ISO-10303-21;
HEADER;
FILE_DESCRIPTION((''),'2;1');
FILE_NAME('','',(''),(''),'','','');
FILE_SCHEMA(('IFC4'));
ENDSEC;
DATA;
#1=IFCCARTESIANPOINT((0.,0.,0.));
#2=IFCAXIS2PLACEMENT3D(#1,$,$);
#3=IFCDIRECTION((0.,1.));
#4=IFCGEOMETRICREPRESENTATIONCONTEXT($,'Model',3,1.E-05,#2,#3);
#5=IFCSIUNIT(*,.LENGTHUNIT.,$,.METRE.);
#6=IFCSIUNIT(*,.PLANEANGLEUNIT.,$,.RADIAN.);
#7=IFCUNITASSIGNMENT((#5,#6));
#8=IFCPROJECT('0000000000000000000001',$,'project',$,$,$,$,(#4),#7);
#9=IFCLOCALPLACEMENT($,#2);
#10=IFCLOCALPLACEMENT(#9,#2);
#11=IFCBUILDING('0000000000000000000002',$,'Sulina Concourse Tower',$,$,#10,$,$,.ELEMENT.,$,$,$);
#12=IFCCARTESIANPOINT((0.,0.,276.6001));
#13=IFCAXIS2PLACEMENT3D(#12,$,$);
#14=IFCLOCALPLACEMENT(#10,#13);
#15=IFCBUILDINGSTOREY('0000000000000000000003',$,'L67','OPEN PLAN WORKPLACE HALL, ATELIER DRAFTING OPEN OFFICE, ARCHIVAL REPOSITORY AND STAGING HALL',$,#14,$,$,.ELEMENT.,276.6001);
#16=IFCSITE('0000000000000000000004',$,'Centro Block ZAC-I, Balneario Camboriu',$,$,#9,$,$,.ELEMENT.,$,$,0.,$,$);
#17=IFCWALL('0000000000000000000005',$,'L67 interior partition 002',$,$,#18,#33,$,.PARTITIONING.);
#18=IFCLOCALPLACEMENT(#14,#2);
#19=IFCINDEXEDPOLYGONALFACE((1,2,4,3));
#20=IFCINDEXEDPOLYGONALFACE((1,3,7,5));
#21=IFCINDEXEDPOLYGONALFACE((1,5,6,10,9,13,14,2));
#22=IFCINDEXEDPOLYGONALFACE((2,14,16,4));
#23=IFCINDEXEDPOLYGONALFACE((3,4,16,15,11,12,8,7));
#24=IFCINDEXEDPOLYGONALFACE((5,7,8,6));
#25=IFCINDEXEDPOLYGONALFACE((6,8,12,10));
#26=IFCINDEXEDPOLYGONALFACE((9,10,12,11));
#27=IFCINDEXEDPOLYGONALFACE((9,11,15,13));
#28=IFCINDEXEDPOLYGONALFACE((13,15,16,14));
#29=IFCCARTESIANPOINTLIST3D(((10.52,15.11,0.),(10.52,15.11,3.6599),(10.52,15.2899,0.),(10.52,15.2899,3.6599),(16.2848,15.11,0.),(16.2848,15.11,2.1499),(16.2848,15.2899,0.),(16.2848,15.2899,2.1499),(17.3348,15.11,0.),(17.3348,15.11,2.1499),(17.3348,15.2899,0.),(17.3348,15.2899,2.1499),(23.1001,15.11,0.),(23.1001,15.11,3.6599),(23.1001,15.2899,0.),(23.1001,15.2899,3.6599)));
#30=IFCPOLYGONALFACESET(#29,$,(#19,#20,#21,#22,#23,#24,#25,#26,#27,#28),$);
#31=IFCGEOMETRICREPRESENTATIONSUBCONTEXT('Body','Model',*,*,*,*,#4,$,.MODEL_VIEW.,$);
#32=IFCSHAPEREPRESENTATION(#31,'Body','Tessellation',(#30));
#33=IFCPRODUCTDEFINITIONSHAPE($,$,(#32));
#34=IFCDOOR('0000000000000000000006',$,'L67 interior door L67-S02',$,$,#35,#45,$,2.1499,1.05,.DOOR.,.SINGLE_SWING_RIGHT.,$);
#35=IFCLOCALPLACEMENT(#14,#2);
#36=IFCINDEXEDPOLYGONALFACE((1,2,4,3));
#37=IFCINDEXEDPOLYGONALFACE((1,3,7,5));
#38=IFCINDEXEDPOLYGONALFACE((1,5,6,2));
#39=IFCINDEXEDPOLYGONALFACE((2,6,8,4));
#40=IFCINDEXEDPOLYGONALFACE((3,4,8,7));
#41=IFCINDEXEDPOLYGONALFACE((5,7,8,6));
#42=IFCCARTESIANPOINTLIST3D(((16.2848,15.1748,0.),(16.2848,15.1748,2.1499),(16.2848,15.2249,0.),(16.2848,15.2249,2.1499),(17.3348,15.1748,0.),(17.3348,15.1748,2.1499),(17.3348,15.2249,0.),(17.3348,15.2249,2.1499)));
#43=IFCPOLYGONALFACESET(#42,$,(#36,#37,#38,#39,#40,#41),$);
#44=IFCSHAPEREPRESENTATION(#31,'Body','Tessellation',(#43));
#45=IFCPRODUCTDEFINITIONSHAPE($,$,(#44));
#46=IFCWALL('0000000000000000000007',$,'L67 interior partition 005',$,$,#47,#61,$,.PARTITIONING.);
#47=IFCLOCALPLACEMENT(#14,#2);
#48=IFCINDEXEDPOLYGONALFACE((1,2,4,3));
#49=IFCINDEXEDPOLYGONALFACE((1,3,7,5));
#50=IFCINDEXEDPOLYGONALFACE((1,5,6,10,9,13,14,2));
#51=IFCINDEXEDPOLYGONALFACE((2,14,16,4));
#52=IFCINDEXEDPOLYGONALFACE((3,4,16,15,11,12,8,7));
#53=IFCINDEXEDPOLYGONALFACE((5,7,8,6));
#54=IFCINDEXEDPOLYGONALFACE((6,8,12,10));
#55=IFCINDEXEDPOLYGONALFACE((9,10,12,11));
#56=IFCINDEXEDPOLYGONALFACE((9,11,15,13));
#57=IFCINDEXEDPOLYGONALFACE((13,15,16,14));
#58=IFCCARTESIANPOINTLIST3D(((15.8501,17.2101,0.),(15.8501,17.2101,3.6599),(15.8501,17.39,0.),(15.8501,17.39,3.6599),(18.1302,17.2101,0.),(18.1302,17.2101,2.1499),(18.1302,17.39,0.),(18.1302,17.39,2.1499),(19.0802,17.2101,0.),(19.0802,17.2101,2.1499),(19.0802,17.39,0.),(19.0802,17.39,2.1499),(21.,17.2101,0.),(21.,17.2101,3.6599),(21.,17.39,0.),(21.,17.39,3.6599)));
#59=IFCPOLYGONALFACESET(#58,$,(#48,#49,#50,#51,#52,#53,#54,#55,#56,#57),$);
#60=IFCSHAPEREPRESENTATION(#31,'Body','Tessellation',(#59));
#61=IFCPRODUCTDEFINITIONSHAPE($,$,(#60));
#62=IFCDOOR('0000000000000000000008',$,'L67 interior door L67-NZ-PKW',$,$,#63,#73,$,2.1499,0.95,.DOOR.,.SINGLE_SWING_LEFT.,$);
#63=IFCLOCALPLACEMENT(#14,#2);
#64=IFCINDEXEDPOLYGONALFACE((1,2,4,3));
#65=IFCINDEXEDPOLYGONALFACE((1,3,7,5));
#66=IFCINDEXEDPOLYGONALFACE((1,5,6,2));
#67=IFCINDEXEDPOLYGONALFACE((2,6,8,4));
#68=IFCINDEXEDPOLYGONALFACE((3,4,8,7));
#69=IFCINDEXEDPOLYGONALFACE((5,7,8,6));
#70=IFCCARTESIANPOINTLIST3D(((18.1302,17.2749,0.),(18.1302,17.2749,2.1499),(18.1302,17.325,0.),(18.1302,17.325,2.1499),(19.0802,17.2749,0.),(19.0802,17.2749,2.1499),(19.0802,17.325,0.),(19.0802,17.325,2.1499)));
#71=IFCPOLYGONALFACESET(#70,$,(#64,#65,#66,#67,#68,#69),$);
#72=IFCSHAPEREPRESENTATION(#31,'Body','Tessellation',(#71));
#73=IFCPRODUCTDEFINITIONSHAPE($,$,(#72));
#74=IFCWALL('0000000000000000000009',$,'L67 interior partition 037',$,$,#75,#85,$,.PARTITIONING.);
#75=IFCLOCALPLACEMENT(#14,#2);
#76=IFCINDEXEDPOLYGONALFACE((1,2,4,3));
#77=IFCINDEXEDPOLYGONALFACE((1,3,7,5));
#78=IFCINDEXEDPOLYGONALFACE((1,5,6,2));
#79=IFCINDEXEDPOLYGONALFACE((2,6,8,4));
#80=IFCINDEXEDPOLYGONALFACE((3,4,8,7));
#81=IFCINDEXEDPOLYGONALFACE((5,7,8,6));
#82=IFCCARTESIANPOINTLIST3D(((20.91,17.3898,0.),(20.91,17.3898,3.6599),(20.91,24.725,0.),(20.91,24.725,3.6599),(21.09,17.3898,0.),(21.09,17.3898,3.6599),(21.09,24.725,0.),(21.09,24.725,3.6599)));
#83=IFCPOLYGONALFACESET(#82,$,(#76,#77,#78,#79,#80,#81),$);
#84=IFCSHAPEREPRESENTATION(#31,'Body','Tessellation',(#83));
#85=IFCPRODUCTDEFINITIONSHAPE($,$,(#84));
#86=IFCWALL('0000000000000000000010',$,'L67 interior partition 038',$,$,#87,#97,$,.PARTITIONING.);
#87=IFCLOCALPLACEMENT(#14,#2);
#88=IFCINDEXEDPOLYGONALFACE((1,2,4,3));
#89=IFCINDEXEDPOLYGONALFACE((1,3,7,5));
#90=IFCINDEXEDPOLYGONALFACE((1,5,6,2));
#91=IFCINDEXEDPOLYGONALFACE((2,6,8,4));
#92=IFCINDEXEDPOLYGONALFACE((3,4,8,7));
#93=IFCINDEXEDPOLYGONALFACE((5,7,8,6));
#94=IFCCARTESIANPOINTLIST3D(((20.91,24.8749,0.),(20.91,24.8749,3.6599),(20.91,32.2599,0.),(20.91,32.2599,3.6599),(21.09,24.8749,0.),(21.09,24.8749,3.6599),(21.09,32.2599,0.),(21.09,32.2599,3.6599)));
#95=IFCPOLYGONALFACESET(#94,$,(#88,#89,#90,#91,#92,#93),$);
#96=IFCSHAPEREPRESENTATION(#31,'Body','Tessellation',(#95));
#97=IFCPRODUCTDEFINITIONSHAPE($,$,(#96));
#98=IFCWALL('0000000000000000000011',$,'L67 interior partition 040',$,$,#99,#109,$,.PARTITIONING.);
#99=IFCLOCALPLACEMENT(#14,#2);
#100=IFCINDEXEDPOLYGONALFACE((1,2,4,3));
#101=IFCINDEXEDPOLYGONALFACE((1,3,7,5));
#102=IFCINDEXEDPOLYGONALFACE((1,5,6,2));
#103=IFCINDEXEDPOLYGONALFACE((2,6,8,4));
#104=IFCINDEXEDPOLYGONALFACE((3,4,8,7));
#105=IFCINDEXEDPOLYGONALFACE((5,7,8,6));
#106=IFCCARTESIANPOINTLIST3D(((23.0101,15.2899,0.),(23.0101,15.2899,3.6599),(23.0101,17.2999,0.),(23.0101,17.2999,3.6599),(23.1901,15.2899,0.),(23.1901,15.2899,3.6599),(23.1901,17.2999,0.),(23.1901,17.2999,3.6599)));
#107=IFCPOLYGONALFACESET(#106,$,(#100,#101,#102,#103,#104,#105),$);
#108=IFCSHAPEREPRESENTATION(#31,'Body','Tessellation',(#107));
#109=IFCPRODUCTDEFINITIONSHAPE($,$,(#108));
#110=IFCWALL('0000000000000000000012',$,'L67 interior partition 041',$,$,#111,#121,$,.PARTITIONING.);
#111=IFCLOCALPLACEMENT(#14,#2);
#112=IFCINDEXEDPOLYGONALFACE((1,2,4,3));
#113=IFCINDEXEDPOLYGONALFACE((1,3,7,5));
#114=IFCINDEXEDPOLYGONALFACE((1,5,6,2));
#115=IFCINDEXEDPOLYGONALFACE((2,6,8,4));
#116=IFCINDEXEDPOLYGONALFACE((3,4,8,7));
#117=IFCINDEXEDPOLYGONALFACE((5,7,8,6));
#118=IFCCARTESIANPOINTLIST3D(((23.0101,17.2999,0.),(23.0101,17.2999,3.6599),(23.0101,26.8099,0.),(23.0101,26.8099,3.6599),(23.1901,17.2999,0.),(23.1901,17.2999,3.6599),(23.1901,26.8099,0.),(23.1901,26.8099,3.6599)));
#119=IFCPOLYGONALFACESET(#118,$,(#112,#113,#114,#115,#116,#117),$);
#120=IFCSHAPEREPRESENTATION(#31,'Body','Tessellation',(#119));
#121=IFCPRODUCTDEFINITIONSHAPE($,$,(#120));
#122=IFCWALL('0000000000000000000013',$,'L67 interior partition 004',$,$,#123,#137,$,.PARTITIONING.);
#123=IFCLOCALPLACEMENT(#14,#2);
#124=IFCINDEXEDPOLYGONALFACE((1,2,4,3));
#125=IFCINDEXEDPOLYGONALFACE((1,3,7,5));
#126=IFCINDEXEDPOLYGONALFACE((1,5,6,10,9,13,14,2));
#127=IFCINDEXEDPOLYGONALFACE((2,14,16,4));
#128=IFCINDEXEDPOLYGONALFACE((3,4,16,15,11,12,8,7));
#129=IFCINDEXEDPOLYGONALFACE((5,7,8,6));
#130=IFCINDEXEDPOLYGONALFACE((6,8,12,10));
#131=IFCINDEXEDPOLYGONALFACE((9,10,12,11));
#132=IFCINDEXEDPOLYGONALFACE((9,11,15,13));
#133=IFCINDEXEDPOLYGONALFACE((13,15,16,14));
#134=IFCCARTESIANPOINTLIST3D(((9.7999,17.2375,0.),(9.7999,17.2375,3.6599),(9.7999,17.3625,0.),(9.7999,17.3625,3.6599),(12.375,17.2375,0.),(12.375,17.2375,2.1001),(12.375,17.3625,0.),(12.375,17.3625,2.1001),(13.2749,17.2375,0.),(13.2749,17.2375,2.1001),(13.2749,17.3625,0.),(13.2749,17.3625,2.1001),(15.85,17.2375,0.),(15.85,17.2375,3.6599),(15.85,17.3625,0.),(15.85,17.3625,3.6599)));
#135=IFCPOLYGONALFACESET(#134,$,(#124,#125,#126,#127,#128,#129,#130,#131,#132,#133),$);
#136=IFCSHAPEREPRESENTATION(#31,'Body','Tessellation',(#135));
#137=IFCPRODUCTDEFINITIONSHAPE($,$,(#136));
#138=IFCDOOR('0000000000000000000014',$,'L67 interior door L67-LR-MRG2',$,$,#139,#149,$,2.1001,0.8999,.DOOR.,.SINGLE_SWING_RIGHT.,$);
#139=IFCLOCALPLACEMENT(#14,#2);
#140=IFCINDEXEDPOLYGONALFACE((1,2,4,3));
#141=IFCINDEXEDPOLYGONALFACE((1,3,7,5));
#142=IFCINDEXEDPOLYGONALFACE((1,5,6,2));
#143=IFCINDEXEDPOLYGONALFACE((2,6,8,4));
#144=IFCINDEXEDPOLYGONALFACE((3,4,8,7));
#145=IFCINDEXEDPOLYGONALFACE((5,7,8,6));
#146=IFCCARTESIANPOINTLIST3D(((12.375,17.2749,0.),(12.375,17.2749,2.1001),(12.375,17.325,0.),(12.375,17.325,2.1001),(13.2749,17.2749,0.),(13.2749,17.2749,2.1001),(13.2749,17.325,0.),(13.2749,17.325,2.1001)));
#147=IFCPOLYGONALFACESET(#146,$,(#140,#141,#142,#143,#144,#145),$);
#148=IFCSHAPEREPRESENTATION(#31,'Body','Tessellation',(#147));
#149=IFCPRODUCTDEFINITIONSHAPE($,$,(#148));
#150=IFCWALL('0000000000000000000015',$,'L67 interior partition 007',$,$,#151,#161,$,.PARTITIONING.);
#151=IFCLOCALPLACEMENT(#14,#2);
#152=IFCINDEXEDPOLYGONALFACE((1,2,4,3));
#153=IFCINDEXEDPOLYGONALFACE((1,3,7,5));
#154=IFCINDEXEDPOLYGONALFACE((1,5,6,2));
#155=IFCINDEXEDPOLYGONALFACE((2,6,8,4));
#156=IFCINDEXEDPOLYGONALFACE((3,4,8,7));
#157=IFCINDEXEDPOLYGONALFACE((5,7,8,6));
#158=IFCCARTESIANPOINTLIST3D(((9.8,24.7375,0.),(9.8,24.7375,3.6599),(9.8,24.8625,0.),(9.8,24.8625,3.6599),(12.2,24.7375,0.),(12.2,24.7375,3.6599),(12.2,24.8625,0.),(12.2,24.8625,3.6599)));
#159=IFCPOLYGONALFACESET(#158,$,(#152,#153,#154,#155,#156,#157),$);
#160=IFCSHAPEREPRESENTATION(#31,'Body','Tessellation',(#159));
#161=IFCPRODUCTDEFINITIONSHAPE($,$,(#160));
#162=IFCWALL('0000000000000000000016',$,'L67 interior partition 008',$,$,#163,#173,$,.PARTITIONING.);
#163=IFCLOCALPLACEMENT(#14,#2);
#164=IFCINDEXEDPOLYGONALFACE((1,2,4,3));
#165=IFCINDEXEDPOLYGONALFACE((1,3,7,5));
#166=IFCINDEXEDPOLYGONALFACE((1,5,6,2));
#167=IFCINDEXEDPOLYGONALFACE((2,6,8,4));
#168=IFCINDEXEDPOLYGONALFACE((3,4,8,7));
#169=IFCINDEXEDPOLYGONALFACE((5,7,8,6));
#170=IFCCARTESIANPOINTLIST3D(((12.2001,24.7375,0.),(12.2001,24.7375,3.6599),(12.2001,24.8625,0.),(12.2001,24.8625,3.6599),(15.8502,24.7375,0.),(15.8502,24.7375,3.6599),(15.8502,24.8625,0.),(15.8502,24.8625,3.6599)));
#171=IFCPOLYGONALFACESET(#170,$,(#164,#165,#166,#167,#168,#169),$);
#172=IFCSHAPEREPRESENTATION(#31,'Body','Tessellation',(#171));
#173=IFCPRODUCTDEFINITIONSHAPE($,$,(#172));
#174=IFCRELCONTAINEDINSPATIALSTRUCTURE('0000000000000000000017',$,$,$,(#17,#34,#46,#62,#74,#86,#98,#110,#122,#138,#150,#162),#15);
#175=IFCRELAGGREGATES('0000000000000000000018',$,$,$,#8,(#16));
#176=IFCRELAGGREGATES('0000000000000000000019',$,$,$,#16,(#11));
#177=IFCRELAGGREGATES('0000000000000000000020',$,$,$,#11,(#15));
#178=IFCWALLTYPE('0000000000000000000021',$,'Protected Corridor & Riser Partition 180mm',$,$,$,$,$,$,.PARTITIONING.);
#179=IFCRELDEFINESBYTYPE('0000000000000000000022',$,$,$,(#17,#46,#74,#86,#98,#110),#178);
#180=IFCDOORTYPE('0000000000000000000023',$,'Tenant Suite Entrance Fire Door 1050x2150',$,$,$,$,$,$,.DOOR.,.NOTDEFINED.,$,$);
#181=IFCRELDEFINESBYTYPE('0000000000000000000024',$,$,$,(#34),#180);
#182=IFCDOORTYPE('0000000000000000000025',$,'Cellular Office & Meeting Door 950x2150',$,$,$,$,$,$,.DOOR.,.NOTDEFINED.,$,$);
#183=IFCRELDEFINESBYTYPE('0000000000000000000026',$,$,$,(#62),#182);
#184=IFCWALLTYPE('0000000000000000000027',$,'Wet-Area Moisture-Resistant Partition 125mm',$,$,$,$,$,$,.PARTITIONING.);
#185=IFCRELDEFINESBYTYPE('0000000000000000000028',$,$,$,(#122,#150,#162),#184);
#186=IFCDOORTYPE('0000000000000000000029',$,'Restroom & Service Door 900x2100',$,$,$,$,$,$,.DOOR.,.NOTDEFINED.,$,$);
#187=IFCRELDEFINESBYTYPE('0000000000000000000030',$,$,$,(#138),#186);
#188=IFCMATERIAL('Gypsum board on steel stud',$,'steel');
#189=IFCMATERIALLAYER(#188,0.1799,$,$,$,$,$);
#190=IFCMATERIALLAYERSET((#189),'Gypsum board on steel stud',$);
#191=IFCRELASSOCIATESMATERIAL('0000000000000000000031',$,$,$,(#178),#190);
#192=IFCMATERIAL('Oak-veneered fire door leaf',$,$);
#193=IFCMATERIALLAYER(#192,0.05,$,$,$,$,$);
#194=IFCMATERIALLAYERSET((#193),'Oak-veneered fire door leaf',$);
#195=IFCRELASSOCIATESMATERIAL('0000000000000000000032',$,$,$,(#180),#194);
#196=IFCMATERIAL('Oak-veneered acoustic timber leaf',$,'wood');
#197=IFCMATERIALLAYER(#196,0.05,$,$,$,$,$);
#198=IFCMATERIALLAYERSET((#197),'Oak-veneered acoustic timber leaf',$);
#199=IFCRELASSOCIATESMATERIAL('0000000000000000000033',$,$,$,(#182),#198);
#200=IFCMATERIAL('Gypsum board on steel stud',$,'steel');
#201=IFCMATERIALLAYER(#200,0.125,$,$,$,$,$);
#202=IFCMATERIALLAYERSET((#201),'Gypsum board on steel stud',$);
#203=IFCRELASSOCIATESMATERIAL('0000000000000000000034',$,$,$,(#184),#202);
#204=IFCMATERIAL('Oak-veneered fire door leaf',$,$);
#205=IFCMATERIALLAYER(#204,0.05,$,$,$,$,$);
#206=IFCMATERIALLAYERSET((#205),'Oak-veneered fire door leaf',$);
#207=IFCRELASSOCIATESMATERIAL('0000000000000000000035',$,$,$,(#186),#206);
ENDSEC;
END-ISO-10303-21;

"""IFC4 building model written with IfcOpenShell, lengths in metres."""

from ifc_helpers import new_model, si_unit, direction, frame, frame_2d, origin, place, context, subcontext, project, spatial, rectangle, extrude, material, layer, layer_set, type_object, element, fill, save


model = new_model("IFC4")

# Units and contexts
model_context = context("Model", 3, precision=1e-05, world=origin(), true_north=direction((0.0, 1.0)))
body_context = subcontext(model_context, "Body", "Model", "MODEL_VIEW")
ifc_project = project(units=[si_unit("LENGTHUNIT", "METRE"), si_unit("PLANEANGLEUNIT", "RADIAN")], contexts=[model_context])

# Site, building, storey
site_placement = place(None, origin())
site = spatial("IfcSite", under=ifc_project, at=site_placement, Name="Centro Block ZAC-I, Balneario Camboriu", CompositionType="ELEMENT", RefElevation=0.0)
building_placement = place(site_placement, origin())
building = spatial("IfcBuilding", under=site, at=building_placement, Name="Sulina Concourse Tower", CompositionType="ELEMENT")
storey_placement = place(building_placement, frame((0.0, 0.0, 276.6001)))
storey = spatial("IfcBuildingStorey", under=building, at=storey_placement, Name="L67", Description="OPEN PLAN WORKPLACE HALL, ATELIER DRAFTING OPEN OFFICE, ARCHIVAL REPOSITORY AND STAGING HALL", CompositionType="ELEMENT", Elevation=276.6001)

# Walls, openings, doors
ifc_material_1 = material(Name="Gypsum board on steel stud", Category="steel")
ifc_layer_1 = layer(ifc_material_1, 0.1799)
ifc_layer_set_1 = layer_set([ifc_layer_1], Name="Gypsum board on steel stud")
wall_type_1 = type_object("IfcWallType", Name="Protected Corridor & Riser Partition 180mm", PredefinedType="PARTITIONING", material=ifc_layer_set_1)
wall_1_placement = place(storey_placement, frame((10.52, 15.2, 0.0), z_axis=(0.0, 0.0, 1.0), x_axis=(1.0, 0.0, 0.0)))
wall_1 = element("IfcWall", 1, at=wall_1_placement, inside=storey, type_object=wall_type_1, Name="L67 interior partition 002", PredefinedType="PARTITIONING", context=body_context, shape_type="SweptSolid", body=[
    extrude(rectangle(XDim=12.5801, YDim=0.1799, at=frame_2d((6.29, 0.0))), origin(), (0.0, 0.0, 1.0), 3.6599),
])
opening_1_placement = place(wall_1_placement, frame((5.7649, 0.0, 0.0)))
opening_1 = element("IfcOpeningElement", 2, at=opening_1_placement, cuts=wall_1, PredefinedType="OPENING", context=body_context, shape_type="SweptSolid", body=[
    extrude(rectangle(XDim=1.05, YDim=2.1499, at=frame_2d((0.5249, 1.075))), frame((0.0, 0.0999, 0.0), z_axis=(0.0, -1.0, 0.0), x_axis=(1.0, 0.0, 0.0)), (0.0, 0.0, 1.0), 0.2),
])
ifc_material_2 = material(Name="Oak-veneered fire door leaf")
ifc_layer_2 = layer(ifc_material_2, 0.05)
ifc_layer_set_2 = layer_set([ifc_layer_2], Name="Oak-veneered fire door leaf")
door_type_1 = type_object("IfcDoorType", Name="Tenant Suite Entrance Fire Door 1050x2150", OperationType="NOTDEFINED", PredefinedType="DOOR", material=ifc_layer_set_2)
door_1_placement = place(opening_1_placement, origin())
door_1 = element("IfcDoor", 3, at=door_1_placement, inside=storey, type_object=door_type_1, Name="L67 interior door L67-S02", OperationType="SINGLE_SWING_RIGHT", OverallHeight=2.1499, OverallWidth=1.05, PredefinedType="DOOR", context=body_context, shape_type="SweptSolid", body=[
    extrude(rectangle(XDim=1.05, YDim=2.1499, at=frame_2d((0.5249, 1.075))), frame((0.0, 0.0249, 0.0), z_axis=(0.0, -1.0, 0.0), x_axis=(1.0, 0.0, 0.0)), (0.0, 0.0, 1.0), 0.05),
])
fill(opening_1, door_1)
wall_2_placement = place(storey_placement, frame((15.8501, 17.3, 0.0), z_axis=(0.0, 0.0, 1.0), x_axis=(1.0, 0.0, 0.0)))
wall_2 = element("IfcWall", 4, at=wall_2_placement, inside=storey, type_object=wall_type_1, Name="L67 interior partition 005", PredefinedType="PARTITIONING", context=body_context, shape_type="SweptSolid", body=[
    extrude(rectangle(XDim=5.1499, YDim=0.1799, at=frame_2d((2.575, 0.0))), origin(), (0.0, 0.0, 1.0), 3.6599),
])
opening_2_placement = place(wall_2_placement, frame((2.28, 0.0, 0.0)))
opening_2 = element("IfcOpeningElement", 5, at=opening_2_placement, cuts=wall_2, PredefinedType="OPENING", context=body_context, shape_type="SweptSolid", body=[
    extrude(rectangle(XDim=0.95, YDim=2.1499, at=frame_2d((0.4751, 1.075))), frame((0.0, 0.0999, 0.0), z_axis=(0.0, -1.0, 0.0), x_axis=(1.0, 0.0, 0.0)), (0.0, 0.0, 1.0), 0.2),
])
ifc_material_3 = material(Name="Oak-veneered acoustic timber leaf", Category="wood")
ifc_layer_3 = layer(ifc_material_3, 0.05)
ifc_layer_set_3 = layer_set([ifc_layer_3], Name="Oak-veneered acoustic timber leaf")
door_type_2 = type_object("IfcDoorType", Name="Cellular Office & Meeting Door 950x2150", OperationType="NOTDEFINED", PredefinedType="DOOR", material=ifc_layer_set_3)
door_2_placement = place(opening_2_placement, origin())
door_2 = element("IfcDoor", 6, at=door_2_placement, inside=storey, type_object=door_type_2, Name="L67 interior door L67-NZ-PKW", OperationType="SINGLE_SWING_LEFT", OverallHeight=2.1499, OverallWidth=0.95, PredefinedType="DOOR", context=body_context, shape_type="SweptSolid", body=[
    extrude(rectangle(XDim=0.95, YDim=2.1499, at=frame_2d((0.4751, 1.075))), frame((0.0, 0.0249, 0.0), z_axis=(0.0, -1.0, 0.0), x_axis=(1.0, 0.0, 0.0)), (0.0, 0.0, 1.0), 0.05),
])
fill(opening_2, door_2)

# Walls
wall_3_placement = place(storey_placement, frame((21.0, 17.3899, 0.0), z_axis=(0.0, 0.0, 1.0), x_axis=(0.0, 1.0, 0.0)))
element("IfcWall", 7, at=wall_3_placement, inside=storey, type_object=wall_type_1, Name="L67 interior partition 037", PredefinedType="PARTITIONING", context=body_context, shape_type="SweptSolid", body=[
    extrude(rectangle(XDim=7.3352, YDim=0.1799, at=frame_2d((3.6675, 0.0))), origin(), (0.0, 0.0, 1.0), 3.6599),
])
wall_4_placement = place(storey_placement, frame((21.0, 24.875, 0.0), z_axis=(0.0, 0.0, 1.0), x_axis=(0.0, 1.0, 0.0)))
element("IfcWall", 8, at=wall_4_placement, inside=storey, type_object=wall_type_1, Name="L67 interior partition 038", PredefinedType="PARTITIONING", context=body_context, shape_type="SweptSolid", body=[
    extrude(rectangle(XDim=7.385, YDim=0.1799, at=frame_2d((3.6924, 0.0))), origin(), (0.0, 0.0, 1.0), 3.6599),
])
wall_5_placement = place(storey_placement, frame((23.1001, 15.29, 0.0), z_axis=(0.0, 0.0, 1.0), x_axis=(0.0, 1.0, 0.0)))
element("IfcWall", 9, at=wall_5_placement, inside=storey, type_object=wall_type_1, Name="L67 interior partition 040", PredefinedType="PARTITIONING", context=body_context, shape_type="SweptSolid", body=[
    extrude(rectangle(XDim=2.01, YDim=0.1799, at=frame_2d((1.0049, 0.0))), origin(), (0.0, 0.0, 1.0), 3.6599),
])
wall_6_placement = place(storey_placement, frame((23.1001, 17.3, 0.0), z_axis=(0.0, 0.0, 1.0), x_axis=(0.0, 1.0, 0.0)))
element("IfcWall", 10, at=wall_6_placement, inside=storey, type_object=wall_type_1, Name="L67 interior partition 041", PredefinedType="PARTITIONING", context=body_context, shape_type="SweptSolid", body=[
    extrude(rectangle(XDim=9.51, YDim=0.1799, at=frame_2d((4.7549, 0.0))), origin(), (0.0, 0.0, 1.0), 3.6599),
])

# Wall, opening, door
ifc_material_4 = material(Name="Gypsum board on steel stud", Category="steel")
ifc_layer_4 = layer(ifc_material_4, 0.125)
ifc_layer_set_4 = layer_set([ifc_layer_4], Name="Gypsum board on steel stud")
wall_type_2 = type_object("IfcWallType", Name="Wet-Area Moisture-Resistant Partition 125mm", PredefinedType="PARTITIONING", material=ifc_layer_set_4)
wall_7_placement = place(storey_placement, frame((9.8, 17.3, 0.0), z_axis=(0.0, 0.0, 1.0), x_axis=(1.0, 0.0, 0.0)))
wall_7 = element("IfcWall", 11, at=wall_7_placement, inside=storey, type_object=wall_type_2, Name="L67 interior partition 004", PredefinedType="PARTITIONING", context=body_context, shape_type="SweptSolid", body=[
    extrude(rectangle(XDim=6.05, YDim=0.125, at=frame_2d((3.0249, 0.0))), origin(), (0.0, 0.0, 1.0), 3.6599),
])
opening_3_placement = place(wall_7_placement, frame((2.575, 0.0, 0.0)))
opening_3 = element("IfcOpeningElement", 12, at=opening_3_placement, cuts=wall_7, PredefinedType="OPENING", context=body_context, shape_type="SweptSolid", body=[
    extrude(rectangle(XDim=0.8999, YDim=2.1001, at=frame_2d((0.45, 1.05))), frame((0.0, 0.0725, 0.0), z_axis=(0.0, -1.0, 0.0), x_axis=(1.0, 0.0, 0.0)), (0.0, 0.0, 1.0), 0.145),
])
ifc_material_5 = material(Name="Oak-veneered fire door leaf")
ifc_layer_5 = layer(ifc_material_5, 0.05)
ifc_layer_set_5 = layer_set([ifc_layer_5], Name="Oak-veneered fire door leaf")
door_type_3 = type_object("IfcDoorType", Name="Restroom & Service Door 900x2100", OperationType="NOTDEFINED", PredefinedType="DOOR", material=ifc_layer_set_5)
door_3_placement = place(opening_3_placement, origin())
door_3 = element("IfcDoor", 13, at=door_3_placement, inside=storey, type_object=door_type_3, Name="L67 interior door L67-LR-MRG2", OperationType="SINGLE_SWING_RIGHT", OverallHeight=2.1001, OverallWidth=0.8999, PredefinedType="DOOR", context=body_context, shape_type="SweptSolid", body=[
    extrude(rectangle(XDim=0.8999, YDim=2.1001, at=frame_2d((0.45, 1.05))), frame((0.0, 0.0249, 0.0), z_axis=(0.0, -1.0, 0.0), x_axis=(1.0, 0.0, 0.0)), (0.0, 0.0, 1.0), 0.05),
])
fill(opening_3, door_3)

# Walls
wall_8_placement = place(storey_placement, frame((9.8, 24.8, 0.0), z_axis=(0.0, 0.0, 1.0), x_axis=(1.0, 0.0, 0.0)))
element("IfcWall", 14, at=wall_8_placement, inside=storey, type_object=wall_type_2, Name="L67 interior partition 007", PredefinedType="PARTITIONING", context=body_context, shape_type="SweptSolid", body=[
    extrude(rectangle(XDim=2.3999, YDim=0.125, at=frame_2d((1.2, 0.0))), origin(), (0.0, 0.0, 1.0), 3.6599),
])
wall_9_placement = place(storey_placement, frame((12.2, 24.8, 0.0), z_axis=(0.0, 0.0, 1.0), x_axis=(1.0, 0.0, 0.0)))
element("IfcWall", 15, at=wall_9_placement, inside=storey, type_object=wall_type_2, Name="L67 interior partition 008", PredefinedType="PARTITIONING", context=body_context, shape_type="SweptSolid", body=[
    extrude(rectangle(XDim=3.6501, YDim=0.125, at=frame_2d((1.8252, 0.0))), origin(), (0.0, 0.0, 1.0), 3.6599),
])

save(model, "model.ifc")
